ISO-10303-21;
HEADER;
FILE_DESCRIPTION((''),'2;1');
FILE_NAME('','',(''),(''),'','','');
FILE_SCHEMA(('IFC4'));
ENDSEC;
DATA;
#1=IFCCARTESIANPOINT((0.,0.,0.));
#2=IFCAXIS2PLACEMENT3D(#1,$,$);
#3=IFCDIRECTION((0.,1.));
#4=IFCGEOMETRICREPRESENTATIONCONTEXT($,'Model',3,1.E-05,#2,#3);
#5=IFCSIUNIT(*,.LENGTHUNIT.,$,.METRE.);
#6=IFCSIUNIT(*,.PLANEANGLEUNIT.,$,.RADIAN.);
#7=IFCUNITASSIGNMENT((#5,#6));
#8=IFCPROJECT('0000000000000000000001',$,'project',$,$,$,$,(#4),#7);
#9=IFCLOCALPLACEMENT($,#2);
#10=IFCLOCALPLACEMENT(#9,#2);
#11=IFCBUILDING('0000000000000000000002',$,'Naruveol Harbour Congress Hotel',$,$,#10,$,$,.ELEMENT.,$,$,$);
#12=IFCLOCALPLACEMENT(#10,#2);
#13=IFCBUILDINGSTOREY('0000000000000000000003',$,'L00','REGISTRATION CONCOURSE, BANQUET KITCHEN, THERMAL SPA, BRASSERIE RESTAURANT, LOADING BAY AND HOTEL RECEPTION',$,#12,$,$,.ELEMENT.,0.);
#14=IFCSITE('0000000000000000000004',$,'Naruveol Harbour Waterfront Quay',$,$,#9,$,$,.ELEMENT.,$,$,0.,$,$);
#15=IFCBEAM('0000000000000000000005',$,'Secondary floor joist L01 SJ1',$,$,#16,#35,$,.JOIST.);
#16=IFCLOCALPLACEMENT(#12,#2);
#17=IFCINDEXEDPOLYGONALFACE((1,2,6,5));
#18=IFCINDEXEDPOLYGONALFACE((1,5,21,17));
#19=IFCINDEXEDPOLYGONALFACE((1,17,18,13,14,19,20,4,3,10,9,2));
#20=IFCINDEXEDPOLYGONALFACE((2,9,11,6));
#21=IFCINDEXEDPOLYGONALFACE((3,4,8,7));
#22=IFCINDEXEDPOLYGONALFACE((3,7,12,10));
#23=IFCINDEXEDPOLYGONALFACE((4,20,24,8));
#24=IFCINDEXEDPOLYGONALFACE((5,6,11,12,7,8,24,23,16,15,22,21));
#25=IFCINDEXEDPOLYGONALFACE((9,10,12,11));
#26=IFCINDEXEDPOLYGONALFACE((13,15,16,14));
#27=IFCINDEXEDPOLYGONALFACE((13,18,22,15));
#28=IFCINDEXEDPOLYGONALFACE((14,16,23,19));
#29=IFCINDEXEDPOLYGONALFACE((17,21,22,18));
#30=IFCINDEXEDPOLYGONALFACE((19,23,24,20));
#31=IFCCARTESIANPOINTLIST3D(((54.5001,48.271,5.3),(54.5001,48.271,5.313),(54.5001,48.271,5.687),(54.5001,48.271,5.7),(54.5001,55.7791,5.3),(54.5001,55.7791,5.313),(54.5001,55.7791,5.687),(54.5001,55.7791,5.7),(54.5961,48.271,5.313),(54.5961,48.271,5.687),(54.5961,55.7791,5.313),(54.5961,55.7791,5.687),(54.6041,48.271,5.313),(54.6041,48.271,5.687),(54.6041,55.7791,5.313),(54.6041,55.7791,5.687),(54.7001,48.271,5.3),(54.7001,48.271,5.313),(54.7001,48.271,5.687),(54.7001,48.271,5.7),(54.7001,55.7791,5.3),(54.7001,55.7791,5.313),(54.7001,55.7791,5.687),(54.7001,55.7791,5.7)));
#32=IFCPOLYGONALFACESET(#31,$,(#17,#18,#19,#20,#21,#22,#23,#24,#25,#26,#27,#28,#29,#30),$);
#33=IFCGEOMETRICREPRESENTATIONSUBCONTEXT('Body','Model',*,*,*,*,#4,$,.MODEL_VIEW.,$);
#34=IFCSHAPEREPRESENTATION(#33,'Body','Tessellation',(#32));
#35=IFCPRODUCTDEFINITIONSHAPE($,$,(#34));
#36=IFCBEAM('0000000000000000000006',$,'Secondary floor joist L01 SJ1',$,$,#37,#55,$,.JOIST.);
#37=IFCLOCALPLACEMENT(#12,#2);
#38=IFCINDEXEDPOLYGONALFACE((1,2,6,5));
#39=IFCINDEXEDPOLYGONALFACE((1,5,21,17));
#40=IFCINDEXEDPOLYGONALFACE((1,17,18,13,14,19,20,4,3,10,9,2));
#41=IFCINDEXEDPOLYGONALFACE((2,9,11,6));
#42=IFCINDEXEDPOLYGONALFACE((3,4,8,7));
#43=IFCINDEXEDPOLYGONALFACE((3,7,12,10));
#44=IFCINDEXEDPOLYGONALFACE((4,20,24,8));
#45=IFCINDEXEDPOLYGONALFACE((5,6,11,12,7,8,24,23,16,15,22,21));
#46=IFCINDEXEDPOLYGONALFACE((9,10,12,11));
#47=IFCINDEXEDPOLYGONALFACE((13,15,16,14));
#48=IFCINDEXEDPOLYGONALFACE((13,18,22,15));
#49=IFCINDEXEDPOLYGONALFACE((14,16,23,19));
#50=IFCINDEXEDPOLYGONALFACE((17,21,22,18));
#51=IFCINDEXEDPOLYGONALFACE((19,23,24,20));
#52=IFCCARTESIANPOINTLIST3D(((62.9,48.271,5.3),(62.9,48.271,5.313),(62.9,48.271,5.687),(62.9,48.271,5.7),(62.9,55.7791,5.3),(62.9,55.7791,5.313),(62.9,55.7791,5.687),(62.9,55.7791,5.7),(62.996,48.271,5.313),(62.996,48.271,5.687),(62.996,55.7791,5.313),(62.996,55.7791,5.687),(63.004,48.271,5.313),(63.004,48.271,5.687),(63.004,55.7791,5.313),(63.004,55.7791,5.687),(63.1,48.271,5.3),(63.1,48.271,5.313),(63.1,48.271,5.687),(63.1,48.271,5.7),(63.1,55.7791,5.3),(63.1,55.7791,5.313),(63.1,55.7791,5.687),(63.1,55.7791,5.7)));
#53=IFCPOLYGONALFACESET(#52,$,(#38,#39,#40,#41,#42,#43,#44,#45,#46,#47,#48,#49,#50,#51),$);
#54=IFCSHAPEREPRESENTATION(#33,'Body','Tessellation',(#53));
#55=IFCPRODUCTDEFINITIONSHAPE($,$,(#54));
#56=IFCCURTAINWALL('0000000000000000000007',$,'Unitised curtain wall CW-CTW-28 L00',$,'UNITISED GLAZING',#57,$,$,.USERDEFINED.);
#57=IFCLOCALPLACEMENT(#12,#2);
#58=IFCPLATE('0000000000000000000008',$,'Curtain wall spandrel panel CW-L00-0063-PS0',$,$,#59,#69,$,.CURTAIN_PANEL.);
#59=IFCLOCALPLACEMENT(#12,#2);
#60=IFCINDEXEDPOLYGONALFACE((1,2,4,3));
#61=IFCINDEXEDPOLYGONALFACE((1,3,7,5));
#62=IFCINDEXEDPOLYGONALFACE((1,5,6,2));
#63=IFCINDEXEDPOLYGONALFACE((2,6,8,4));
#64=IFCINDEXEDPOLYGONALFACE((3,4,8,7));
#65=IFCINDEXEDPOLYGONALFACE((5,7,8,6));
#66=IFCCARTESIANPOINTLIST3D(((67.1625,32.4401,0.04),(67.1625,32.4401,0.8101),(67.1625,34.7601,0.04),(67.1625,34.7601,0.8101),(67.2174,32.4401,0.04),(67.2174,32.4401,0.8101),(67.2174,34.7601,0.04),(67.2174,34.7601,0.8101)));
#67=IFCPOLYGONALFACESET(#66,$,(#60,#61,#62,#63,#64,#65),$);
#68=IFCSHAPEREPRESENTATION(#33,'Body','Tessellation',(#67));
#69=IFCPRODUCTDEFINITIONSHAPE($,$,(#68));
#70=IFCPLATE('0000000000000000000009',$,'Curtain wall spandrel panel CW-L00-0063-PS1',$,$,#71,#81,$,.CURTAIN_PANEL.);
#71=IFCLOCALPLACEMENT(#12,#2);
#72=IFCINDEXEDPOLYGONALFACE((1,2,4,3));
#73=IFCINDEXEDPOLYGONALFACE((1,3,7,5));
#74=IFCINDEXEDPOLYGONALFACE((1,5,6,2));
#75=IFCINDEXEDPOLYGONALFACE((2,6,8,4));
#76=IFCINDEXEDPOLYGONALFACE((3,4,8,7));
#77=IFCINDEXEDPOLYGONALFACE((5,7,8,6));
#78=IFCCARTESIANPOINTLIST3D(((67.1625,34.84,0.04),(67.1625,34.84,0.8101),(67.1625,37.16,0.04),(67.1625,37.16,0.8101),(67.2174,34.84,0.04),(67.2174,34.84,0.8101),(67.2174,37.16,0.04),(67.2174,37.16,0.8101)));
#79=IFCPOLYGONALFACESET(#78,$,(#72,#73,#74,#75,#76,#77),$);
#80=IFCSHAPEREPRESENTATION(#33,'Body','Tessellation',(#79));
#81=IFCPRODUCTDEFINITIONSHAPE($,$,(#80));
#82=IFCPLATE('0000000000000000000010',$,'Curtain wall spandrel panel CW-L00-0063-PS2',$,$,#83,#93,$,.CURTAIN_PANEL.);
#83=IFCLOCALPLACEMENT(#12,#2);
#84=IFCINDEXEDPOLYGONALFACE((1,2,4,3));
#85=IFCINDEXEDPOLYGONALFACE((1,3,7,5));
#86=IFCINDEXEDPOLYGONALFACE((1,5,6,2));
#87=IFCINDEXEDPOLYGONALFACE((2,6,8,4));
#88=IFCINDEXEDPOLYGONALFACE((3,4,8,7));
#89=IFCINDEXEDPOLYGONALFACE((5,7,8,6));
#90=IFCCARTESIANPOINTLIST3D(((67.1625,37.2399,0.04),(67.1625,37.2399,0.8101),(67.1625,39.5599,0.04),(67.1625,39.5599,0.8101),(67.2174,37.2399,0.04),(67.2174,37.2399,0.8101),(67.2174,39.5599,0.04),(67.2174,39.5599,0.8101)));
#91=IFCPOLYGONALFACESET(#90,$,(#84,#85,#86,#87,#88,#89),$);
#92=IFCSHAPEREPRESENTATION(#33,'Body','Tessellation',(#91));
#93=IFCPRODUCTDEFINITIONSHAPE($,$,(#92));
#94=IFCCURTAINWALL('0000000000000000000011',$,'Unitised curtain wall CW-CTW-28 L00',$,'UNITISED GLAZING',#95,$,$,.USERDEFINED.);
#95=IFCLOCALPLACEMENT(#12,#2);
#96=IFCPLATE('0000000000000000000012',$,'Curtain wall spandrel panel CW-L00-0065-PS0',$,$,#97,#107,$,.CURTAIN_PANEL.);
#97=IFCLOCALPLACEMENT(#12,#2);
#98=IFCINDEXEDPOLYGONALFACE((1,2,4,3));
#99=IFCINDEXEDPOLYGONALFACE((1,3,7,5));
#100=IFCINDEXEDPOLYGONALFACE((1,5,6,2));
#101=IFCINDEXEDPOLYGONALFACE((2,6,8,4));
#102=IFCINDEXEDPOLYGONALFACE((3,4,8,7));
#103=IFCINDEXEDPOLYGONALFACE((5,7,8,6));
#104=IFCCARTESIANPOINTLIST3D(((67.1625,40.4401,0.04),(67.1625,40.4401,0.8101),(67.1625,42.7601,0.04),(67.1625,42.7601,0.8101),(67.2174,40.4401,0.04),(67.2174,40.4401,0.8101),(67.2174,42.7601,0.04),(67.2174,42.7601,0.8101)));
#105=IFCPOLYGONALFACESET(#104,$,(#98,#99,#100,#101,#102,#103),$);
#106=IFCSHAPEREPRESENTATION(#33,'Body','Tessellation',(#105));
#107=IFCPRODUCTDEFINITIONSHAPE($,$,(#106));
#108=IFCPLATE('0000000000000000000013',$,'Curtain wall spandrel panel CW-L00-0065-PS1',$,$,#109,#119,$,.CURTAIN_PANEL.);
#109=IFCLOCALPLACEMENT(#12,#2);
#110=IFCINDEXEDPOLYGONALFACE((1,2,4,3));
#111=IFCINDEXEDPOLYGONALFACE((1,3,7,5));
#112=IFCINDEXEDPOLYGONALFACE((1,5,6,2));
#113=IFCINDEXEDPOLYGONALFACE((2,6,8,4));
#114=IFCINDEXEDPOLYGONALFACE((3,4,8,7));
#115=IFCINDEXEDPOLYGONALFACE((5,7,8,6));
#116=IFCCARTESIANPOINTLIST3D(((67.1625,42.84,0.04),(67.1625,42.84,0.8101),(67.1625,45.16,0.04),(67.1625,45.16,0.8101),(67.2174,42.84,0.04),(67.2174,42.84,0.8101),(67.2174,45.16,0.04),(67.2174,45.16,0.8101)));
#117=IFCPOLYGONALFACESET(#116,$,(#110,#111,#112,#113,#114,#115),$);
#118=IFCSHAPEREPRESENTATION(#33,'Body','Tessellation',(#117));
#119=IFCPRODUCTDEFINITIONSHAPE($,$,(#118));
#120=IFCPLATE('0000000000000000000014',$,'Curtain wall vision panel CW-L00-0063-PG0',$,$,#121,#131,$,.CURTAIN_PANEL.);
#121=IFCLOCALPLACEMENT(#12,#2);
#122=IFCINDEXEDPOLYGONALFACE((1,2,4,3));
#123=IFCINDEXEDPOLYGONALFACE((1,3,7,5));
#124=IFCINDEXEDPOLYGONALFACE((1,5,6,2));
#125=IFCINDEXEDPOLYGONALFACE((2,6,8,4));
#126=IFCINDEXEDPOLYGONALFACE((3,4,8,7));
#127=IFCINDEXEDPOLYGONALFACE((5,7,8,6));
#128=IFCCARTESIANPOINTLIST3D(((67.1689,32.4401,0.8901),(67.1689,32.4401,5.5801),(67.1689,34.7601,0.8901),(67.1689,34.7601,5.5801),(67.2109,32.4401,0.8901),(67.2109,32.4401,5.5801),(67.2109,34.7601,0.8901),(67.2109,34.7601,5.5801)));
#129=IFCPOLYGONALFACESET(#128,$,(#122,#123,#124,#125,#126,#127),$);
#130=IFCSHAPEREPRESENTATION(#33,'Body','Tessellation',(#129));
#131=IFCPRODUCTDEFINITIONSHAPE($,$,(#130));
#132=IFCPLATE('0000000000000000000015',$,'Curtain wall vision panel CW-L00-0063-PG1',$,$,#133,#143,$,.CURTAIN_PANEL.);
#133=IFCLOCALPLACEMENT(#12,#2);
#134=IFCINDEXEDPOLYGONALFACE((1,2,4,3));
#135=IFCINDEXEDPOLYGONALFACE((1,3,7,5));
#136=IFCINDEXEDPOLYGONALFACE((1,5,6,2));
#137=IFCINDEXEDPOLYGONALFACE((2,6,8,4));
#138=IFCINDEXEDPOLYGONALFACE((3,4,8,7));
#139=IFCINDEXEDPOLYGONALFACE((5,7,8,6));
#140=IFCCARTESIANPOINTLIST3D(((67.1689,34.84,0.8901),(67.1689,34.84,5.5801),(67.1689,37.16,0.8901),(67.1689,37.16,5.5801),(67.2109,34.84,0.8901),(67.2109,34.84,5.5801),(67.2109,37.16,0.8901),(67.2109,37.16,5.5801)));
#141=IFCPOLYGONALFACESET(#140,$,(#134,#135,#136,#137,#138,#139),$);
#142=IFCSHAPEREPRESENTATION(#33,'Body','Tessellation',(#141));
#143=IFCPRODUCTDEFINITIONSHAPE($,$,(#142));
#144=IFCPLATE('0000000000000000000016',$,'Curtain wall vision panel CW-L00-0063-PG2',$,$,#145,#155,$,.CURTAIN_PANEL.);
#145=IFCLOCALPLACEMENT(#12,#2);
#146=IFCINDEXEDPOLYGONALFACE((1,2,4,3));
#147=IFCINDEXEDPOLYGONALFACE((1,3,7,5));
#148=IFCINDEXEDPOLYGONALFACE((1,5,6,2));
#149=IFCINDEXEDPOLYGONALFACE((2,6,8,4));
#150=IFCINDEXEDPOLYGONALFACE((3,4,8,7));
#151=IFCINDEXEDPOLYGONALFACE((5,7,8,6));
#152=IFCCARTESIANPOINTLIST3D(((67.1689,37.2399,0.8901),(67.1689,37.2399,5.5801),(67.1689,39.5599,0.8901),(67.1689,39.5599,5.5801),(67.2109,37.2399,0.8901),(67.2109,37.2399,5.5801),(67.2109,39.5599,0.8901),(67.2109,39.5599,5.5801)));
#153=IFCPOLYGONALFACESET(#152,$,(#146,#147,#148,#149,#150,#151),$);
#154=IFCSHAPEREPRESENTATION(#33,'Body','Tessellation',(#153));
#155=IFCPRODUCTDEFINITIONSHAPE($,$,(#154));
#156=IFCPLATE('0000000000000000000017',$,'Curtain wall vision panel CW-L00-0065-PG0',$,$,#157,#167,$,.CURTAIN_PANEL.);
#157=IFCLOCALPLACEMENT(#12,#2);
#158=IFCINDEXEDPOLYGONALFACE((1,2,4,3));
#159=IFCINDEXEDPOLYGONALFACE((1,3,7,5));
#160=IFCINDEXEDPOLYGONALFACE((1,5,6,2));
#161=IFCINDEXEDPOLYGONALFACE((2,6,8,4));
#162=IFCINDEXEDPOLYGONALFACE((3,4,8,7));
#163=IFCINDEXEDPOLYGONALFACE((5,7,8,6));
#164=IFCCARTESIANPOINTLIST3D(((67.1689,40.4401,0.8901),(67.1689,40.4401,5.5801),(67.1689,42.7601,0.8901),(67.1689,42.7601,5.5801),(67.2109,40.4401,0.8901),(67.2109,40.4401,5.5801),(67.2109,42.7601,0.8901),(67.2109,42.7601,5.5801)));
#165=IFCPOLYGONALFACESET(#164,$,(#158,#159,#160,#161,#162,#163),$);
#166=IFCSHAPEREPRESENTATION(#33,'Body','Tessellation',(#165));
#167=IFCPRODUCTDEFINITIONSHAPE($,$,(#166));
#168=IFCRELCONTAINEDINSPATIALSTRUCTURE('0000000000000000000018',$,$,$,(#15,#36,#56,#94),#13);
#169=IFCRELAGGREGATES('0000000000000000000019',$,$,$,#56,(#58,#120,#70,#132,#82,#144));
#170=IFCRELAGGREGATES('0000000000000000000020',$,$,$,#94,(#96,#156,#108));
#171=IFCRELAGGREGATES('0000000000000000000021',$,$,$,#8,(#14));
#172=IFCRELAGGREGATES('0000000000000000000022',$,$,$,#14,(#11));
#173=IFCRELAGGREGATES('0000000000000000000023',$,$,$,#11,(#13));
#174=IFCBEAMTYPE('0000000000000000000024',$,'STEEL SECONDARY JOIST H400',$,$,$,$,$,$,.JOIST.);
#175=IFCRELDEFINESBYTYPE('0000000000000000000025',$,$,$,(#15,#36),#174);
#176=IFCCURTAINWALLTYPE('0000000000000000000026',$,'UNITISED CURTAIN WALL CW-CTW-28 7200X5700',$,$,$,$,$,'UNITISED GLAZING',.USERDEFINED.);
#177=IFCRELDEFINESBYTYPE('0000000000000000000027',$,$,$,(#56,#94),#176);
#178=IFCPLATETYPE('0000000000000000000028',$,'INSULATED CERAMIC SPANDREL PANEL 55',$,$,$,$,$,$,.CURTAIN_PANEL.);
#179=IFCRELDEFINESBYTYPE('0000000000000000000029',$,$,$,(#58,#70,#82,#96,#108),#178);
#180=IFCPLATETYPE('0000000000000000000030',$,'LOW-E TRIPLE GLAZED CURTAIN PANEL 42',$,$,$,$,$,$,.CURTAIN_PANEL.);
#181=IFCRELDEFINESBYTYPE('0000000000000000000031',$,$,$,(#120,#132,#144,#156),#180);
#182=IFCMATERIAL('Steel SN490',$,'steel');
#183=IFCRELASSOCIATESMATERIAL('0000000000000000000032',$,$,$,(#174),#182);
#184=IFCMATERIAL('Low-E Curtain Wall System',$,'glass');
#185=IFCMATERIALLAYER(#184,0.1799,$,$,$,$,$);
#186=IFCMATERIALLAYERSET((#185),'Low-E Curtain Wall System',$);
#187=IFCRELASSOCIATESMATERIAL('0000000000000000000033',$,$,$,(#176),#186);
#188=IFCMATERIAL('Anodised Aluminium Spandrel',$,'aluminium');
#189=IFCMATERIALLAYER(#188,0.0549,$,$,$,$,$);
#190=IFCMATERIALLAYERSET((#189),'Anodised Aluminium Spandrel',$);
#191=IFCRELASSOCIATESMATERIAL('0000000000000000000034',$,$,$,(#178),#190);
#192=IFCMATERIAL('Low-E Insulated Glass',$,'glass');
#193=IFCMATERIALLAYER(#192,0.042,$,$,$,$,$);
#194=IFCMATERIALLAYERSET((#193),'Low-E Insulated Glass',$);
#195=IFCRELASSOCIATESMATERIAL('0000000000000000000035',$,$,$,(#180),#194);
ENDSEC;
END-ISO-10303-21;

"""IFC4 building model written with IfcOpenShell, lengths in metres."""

from ifc_helpers import new_model, si_unit, direction, frame, origin, origin_2d, place, context, subcontext, project, spatial, rectangle, i_section, extrude, material, layer, layer_set, material_profile, profile_set, type_object, element, aggregate, save


model = new_model("IFC4")

# Units and contexts
model_context = context("Model", 3, precision=1e-05, world=origin(), true_north=direction((0.0, 1.0)))
body_context = subcontext(model_context, "Body", "Model", "MODEL_VIEW")
ifc_project = project(units=[si_unit("LENGTHUNIT", "METRE"), si_unit("PLANEANGLEUNIT", "RADIAN")], contexts=[model_context])

# Site, building, storey
site_placement = place(None, origin())
site = spatial("IfcSite", under=ifc_project, at=site_placement, Name="Naruveol Harbour Waterfront Quay", CompositionType="ELEMENT", RefElevation=0.0)
building_placement = place(site_placement, origin())
building = spatial("IfcBuilding", under=site, at=building_placement, Name="Naruveol Harbour Congress Hotel", CompositionType="ELEMENT")
storey_placement = place(building_placement, origin())
storey = spatial("IfcBuildingStorey", under=building, at=storey_placement, Name="L00", Description="REGISTRATION CONCOURSE, BANQUET KITCHEN, THERMAL SPA, BRASSERIE RESTAURANT, LOADING BAY AND HOTEL RECEPTION", CompositionType="ELEMENT", Elevation=0.0)

# Beams
ifc_material_1 = material(Name="Steel SN490", Category="steel")
ifc_material_profile_1 = material_profile(ifc_material_1, i_section(OverallWidth=0.2, OverallDepth=0.3999, WebThickness=0.0081, FlangeThickness=0.0129, at=origin_2d()), Name="H-400x200x8x13")
ifc_profile_set_1 = profile_set([ifc_material_profile_1], Name="Steel SN490")
beam_type_1 = type_object("IfcBeamType", Name="STEEL SECONDARY JOIST H400", PredefinedType="JOIST", material=ifc_profile_set_1)
for number, where, z_axis, x_axis, name in (
    (1, (54.6001, 48.271, 5.5), (0.0, 1.0, 0.0), (-1.0, 0.0, 0.0), "Secondary floor joist L01 SJ1"),
    (2, (63.0, 48.271, 5.5), (0.0, 1.0, 0.0), (-1.0, 0.0, 0.0), "Secondary floor joist L01 SJ1"),
):
    element("IfcBeam", number, at=place(storey_placement, frame(where, z_axis=z_axis, x_axis=x_axis)), inside=storey, type_object=beam_type_1, Name=name, PredefinedType="JOIST", context=body_context, shape_type="SweptSolid", body=[
        extrude(i_section(OverallWidth=0.2, OverallDepth=0.3999, WebThickness=0.0081, FlangeThickness=0.0129, at=origin_2d()), origin(), (0.0, 0.0, 1.0), 7.5081),
    ])

# Curtain walls, plates
ifc_material_2 = material(Name="Low-E Curtain Wall System", Category="glass")
ifc_layer_1 = layer(ifc_material_2, 0.1799)
ifc_layer_set_1 = layer_set([ifc_layer_1], Name="Low-E Curtain Wall System")
curtain_wall_type = type_object("IfcCurtainWallType", Name="UNITISED CURTAIN WALL CW-CTW-28 7200X5700", ElementType="UNITISED GLAZING", PredefinedType="USERDEFINED", material=ifc_layer_set_1)
curtain_wall_1_placement = place(storey_placement, origin())
curtain_wall_1 = element("IfcCurtainWall", 3, at=curtain_wall_1_placement, inside=storey, type_object=curtain_wall_type, Name="Unitised curtain wall CW-CTW-28 L00", ObjectType="UNITISED GLAZING", PredefinedType="USERDEFINED")
ifc_material_3 = material(Name="Anodised Aluminium Spandrel", Category="aluminium")
ifc_layer_2 = layer(ifc_material_3, 0.0549)
ifc_layer_set_2 = layer_set([ifc_layer_2], Name="Anodised Aluminium Spandrel")
plate_type_1 = type_object("IfcPlateType", Name="INSULATED CERAMIC SPANDREL PANEL 55", PredefinedType="CURTAIN_PANEL", material=ifc_layer_set_2)
plate_1_placement = place(storey_placement, frame((67.1899, 33.6001, 0.04), z_axis=(0.0, 0.0, 1.0), x_axis=(0.0, 1.0, 0.0)))
plate_1 = element("IfcPlate", 4, at=plate_1_placement, type_object=plate_type_1, Name="Curtain wall spandrel panel CW-L00-0063-PS0", PredefinedType="CURTAIN_PANEL", context=body_context, shape_type="SweptSolid", body=[
    extrude(rectangle(XDim=2.3201, YDim=0.0549, at=origin_2d()), origin(), (0.0, 0.0, 1.0), 0.77),
])
plate_2_placement = place(storey_placement, frame((67.1899, 36.0, 0.04), z_axis=(0.0, 0.0, 1.0), x_axis=(0.0, 1.0, 0.0)))
plate_2 = element("IfcPlate", 5, at=plate_2_placement, type_object=plate_type_1, Name="Curtain wall spandrel panel CW-L00-0063-PS1", PredefinedType="CURTAIN_PANEL", context=body_context, shape_type="SweptSolid", body=[
    extrude(rectangle(XDim=2.3201, YDim=0.0549, at=origin_2d()), origin(), (0.0, 0.0, 1.0), 0.77),
])
plate_3_placement = place(storey_placement, frame((67.1899, 38.3999, 0.04), z_axis=(0.0, 0.0, 1.0), x_axis=(0.0, 1.0, 0.0)))
plate_3 = element("IfcPlate", 6, at=plate_3_placement, type_object=plate_type_1, Name="Curtain wall spandrel panel CW-L00-0063-PS2", PredefinedType="CURTAIN_PANEL", context=body_context, shape_type="SweptSolid", body=[
    extrude(rectangle(XDim=2.3201, YDim=0.0549, at=origin_2d()), origin(), (0.0, 0.0, 1.0), 0.77),
])
curtain_wall_2_placement = place(storey_placement, origin())
curtain_wall_2 = element("IfcCurtainWall", 7, at=curtain_wall_2_placement, inside=storey, type_object=curtain_wall_type, Name="Unitised curtain wall CW-CTW-28 L00", ObjectType="UNITISED GLAZING", PredefinedType="USERDEFINED")
plate_4_placement = place(storey_placement, frame((67.1899, 41.6001, 0.04), z_axis=(0.0, 0.0, 1.0), x_axis=(0.0, 1.0, 0.0)))
plate_4 = element("IfcPlate", 8, at=plate_4_placement, type_object=plate_type_1, Name="Curtain wall spandrel panel CW-L00-0065-PS0", PredefinedType="CURTAIN_PANEL", context=body_context, shape_type="SweptSolid", body=[
    extrude(rectangle(XDim=2.3201, YDim=0.0549, at=origin_2d()), origin(), (0.0, 0.0, 1.0), 0.77),
])
plate_5_placement = place(storey_placement, frame((67.1899, 44.0, 0.04), z_axis=(0.0, 0.0, 1.0), x_axis=(0.0, 1.0, 0.0)))
plate_5 = element("IfcPlate", 9, at=plate_5_placement, type_object=plate_type_1, Name="Curtain wall spandrel panel CW-L00-0065-PS1", PredefinedType="CURTAIN_PANEL", context=body_context, shape_type="SweptSolid", body=[
    extrude(rectangle(XDim=2.3201, YDim=0.0549, at=origin_2d()), origin(), (0.0, 0.0, 1.0), 0.77),
])

# Plates
ifc_material_4 = material(Name="Low-E Insulated Glass", Category="glass")
ifc_layer_3 = layer(ifc_material_4, 0.042)
ifc_layer_set_3 = layer_set([ifc_layer_3], Name="Low-E Insulated Glass")
plate_type_2 = type_object("IfcPlateType", Name="LOW-E TRIPLE GLAZED CURTAIN PANEL 42", PredefinedType="CURTAIN_PANEL", material=ifc_layer_set_3)
plate_6_placement = place(storey_placement, frame((67.1899, 33.6001, 0.8901), z_axis=(0.0, 0.0, 1.0), x_axis=(0.0, 1.0, 0.0)))
plate_6 = element("IfcPlate", 10, at=plate_6_placement, type_object=plate_type_2, Name="Curtain wall vision panel CW-L00-0063-PG0", PredefinedType="CURTAIN_PANEL", context=body_context, shape_type="SweptSolid", body=[
    extrude(rectangle(XDim=2.3201, YDim=0.042, at=origin_2d()), origin(), (0.0, 0.0, 1.0), 4.6899),
])
plate_7_placement = place(storey_placement, frame((67.1899, 36.0, 0.8901), z_axis=(0.0, 0.0, 1.0), x_axis=(0.0, 1.0, 0.0)))
plate_7 = element("IfcPlate", 11, at=plate_7_placement, type_object=plate_type_2, Name="Curtain wall vision panel CW-L00-0063-PG1", PredefinedType="CURTAIN_PANEL", context=body_context, shape_type="SweptSolid", body=[
    extrude(rectangle(XDim=2.3201, YDim=0.042, at=origin_2d()), origin(), (0.0, 0.0, 1.0), 4.6899),
])
plate_8_placement = place(storey_placement, frame((67.1899, 38.3999, 0.8901), z_axis=(0.0, 0.0, 1.0), x_axis=(0.0, 1.0, 0.0)))
plate_8 = element("IfcPlate", 12, at=plate_8_placement, type_object=plate_type_2, Name="Curtain wall vision panel CW-L00-0063-PG2", PredefinedType="CURTAIN_PANEL", context=body_context, shape_type="SweptSolid", body=[
    extrude(rectangle(XDim=2.3201, YDim=0.042, at=origin_2d()), origin(), (0.0, 0.0, 1.0), 4.6899),
])
aggregate(curtain_wall_1, [plate_1, plate_6, plate_2, plate_7, plate_3, plate_8])
plate_9_placement = place(storey_placement, frame((67.1899, 41.6001, 0.8901), z_axis=(0.0, 0.0, 1.0), x_axis=(0.0, 1.0, 0.0)))
plate_9 = element("IfcPlate", 13, at=plate_9_placement, type_object=plate_type_2, Name="Curtain wall vision panel CW-L00-0065-PG0", PredefinedType="CURTAIN_PANEL", context=body_context, shape_type="SweptSolid", body=[
    extrude(rectangle(XDim=2.3201, YDim=0.042, at=origin_2d()), origin(), (0.0, 0.0, 1.0), 4.6899),
])
aggregate(curtain_wall_2, [plate_4, plate_9, plate_5])

save(model, "model.ifc")
